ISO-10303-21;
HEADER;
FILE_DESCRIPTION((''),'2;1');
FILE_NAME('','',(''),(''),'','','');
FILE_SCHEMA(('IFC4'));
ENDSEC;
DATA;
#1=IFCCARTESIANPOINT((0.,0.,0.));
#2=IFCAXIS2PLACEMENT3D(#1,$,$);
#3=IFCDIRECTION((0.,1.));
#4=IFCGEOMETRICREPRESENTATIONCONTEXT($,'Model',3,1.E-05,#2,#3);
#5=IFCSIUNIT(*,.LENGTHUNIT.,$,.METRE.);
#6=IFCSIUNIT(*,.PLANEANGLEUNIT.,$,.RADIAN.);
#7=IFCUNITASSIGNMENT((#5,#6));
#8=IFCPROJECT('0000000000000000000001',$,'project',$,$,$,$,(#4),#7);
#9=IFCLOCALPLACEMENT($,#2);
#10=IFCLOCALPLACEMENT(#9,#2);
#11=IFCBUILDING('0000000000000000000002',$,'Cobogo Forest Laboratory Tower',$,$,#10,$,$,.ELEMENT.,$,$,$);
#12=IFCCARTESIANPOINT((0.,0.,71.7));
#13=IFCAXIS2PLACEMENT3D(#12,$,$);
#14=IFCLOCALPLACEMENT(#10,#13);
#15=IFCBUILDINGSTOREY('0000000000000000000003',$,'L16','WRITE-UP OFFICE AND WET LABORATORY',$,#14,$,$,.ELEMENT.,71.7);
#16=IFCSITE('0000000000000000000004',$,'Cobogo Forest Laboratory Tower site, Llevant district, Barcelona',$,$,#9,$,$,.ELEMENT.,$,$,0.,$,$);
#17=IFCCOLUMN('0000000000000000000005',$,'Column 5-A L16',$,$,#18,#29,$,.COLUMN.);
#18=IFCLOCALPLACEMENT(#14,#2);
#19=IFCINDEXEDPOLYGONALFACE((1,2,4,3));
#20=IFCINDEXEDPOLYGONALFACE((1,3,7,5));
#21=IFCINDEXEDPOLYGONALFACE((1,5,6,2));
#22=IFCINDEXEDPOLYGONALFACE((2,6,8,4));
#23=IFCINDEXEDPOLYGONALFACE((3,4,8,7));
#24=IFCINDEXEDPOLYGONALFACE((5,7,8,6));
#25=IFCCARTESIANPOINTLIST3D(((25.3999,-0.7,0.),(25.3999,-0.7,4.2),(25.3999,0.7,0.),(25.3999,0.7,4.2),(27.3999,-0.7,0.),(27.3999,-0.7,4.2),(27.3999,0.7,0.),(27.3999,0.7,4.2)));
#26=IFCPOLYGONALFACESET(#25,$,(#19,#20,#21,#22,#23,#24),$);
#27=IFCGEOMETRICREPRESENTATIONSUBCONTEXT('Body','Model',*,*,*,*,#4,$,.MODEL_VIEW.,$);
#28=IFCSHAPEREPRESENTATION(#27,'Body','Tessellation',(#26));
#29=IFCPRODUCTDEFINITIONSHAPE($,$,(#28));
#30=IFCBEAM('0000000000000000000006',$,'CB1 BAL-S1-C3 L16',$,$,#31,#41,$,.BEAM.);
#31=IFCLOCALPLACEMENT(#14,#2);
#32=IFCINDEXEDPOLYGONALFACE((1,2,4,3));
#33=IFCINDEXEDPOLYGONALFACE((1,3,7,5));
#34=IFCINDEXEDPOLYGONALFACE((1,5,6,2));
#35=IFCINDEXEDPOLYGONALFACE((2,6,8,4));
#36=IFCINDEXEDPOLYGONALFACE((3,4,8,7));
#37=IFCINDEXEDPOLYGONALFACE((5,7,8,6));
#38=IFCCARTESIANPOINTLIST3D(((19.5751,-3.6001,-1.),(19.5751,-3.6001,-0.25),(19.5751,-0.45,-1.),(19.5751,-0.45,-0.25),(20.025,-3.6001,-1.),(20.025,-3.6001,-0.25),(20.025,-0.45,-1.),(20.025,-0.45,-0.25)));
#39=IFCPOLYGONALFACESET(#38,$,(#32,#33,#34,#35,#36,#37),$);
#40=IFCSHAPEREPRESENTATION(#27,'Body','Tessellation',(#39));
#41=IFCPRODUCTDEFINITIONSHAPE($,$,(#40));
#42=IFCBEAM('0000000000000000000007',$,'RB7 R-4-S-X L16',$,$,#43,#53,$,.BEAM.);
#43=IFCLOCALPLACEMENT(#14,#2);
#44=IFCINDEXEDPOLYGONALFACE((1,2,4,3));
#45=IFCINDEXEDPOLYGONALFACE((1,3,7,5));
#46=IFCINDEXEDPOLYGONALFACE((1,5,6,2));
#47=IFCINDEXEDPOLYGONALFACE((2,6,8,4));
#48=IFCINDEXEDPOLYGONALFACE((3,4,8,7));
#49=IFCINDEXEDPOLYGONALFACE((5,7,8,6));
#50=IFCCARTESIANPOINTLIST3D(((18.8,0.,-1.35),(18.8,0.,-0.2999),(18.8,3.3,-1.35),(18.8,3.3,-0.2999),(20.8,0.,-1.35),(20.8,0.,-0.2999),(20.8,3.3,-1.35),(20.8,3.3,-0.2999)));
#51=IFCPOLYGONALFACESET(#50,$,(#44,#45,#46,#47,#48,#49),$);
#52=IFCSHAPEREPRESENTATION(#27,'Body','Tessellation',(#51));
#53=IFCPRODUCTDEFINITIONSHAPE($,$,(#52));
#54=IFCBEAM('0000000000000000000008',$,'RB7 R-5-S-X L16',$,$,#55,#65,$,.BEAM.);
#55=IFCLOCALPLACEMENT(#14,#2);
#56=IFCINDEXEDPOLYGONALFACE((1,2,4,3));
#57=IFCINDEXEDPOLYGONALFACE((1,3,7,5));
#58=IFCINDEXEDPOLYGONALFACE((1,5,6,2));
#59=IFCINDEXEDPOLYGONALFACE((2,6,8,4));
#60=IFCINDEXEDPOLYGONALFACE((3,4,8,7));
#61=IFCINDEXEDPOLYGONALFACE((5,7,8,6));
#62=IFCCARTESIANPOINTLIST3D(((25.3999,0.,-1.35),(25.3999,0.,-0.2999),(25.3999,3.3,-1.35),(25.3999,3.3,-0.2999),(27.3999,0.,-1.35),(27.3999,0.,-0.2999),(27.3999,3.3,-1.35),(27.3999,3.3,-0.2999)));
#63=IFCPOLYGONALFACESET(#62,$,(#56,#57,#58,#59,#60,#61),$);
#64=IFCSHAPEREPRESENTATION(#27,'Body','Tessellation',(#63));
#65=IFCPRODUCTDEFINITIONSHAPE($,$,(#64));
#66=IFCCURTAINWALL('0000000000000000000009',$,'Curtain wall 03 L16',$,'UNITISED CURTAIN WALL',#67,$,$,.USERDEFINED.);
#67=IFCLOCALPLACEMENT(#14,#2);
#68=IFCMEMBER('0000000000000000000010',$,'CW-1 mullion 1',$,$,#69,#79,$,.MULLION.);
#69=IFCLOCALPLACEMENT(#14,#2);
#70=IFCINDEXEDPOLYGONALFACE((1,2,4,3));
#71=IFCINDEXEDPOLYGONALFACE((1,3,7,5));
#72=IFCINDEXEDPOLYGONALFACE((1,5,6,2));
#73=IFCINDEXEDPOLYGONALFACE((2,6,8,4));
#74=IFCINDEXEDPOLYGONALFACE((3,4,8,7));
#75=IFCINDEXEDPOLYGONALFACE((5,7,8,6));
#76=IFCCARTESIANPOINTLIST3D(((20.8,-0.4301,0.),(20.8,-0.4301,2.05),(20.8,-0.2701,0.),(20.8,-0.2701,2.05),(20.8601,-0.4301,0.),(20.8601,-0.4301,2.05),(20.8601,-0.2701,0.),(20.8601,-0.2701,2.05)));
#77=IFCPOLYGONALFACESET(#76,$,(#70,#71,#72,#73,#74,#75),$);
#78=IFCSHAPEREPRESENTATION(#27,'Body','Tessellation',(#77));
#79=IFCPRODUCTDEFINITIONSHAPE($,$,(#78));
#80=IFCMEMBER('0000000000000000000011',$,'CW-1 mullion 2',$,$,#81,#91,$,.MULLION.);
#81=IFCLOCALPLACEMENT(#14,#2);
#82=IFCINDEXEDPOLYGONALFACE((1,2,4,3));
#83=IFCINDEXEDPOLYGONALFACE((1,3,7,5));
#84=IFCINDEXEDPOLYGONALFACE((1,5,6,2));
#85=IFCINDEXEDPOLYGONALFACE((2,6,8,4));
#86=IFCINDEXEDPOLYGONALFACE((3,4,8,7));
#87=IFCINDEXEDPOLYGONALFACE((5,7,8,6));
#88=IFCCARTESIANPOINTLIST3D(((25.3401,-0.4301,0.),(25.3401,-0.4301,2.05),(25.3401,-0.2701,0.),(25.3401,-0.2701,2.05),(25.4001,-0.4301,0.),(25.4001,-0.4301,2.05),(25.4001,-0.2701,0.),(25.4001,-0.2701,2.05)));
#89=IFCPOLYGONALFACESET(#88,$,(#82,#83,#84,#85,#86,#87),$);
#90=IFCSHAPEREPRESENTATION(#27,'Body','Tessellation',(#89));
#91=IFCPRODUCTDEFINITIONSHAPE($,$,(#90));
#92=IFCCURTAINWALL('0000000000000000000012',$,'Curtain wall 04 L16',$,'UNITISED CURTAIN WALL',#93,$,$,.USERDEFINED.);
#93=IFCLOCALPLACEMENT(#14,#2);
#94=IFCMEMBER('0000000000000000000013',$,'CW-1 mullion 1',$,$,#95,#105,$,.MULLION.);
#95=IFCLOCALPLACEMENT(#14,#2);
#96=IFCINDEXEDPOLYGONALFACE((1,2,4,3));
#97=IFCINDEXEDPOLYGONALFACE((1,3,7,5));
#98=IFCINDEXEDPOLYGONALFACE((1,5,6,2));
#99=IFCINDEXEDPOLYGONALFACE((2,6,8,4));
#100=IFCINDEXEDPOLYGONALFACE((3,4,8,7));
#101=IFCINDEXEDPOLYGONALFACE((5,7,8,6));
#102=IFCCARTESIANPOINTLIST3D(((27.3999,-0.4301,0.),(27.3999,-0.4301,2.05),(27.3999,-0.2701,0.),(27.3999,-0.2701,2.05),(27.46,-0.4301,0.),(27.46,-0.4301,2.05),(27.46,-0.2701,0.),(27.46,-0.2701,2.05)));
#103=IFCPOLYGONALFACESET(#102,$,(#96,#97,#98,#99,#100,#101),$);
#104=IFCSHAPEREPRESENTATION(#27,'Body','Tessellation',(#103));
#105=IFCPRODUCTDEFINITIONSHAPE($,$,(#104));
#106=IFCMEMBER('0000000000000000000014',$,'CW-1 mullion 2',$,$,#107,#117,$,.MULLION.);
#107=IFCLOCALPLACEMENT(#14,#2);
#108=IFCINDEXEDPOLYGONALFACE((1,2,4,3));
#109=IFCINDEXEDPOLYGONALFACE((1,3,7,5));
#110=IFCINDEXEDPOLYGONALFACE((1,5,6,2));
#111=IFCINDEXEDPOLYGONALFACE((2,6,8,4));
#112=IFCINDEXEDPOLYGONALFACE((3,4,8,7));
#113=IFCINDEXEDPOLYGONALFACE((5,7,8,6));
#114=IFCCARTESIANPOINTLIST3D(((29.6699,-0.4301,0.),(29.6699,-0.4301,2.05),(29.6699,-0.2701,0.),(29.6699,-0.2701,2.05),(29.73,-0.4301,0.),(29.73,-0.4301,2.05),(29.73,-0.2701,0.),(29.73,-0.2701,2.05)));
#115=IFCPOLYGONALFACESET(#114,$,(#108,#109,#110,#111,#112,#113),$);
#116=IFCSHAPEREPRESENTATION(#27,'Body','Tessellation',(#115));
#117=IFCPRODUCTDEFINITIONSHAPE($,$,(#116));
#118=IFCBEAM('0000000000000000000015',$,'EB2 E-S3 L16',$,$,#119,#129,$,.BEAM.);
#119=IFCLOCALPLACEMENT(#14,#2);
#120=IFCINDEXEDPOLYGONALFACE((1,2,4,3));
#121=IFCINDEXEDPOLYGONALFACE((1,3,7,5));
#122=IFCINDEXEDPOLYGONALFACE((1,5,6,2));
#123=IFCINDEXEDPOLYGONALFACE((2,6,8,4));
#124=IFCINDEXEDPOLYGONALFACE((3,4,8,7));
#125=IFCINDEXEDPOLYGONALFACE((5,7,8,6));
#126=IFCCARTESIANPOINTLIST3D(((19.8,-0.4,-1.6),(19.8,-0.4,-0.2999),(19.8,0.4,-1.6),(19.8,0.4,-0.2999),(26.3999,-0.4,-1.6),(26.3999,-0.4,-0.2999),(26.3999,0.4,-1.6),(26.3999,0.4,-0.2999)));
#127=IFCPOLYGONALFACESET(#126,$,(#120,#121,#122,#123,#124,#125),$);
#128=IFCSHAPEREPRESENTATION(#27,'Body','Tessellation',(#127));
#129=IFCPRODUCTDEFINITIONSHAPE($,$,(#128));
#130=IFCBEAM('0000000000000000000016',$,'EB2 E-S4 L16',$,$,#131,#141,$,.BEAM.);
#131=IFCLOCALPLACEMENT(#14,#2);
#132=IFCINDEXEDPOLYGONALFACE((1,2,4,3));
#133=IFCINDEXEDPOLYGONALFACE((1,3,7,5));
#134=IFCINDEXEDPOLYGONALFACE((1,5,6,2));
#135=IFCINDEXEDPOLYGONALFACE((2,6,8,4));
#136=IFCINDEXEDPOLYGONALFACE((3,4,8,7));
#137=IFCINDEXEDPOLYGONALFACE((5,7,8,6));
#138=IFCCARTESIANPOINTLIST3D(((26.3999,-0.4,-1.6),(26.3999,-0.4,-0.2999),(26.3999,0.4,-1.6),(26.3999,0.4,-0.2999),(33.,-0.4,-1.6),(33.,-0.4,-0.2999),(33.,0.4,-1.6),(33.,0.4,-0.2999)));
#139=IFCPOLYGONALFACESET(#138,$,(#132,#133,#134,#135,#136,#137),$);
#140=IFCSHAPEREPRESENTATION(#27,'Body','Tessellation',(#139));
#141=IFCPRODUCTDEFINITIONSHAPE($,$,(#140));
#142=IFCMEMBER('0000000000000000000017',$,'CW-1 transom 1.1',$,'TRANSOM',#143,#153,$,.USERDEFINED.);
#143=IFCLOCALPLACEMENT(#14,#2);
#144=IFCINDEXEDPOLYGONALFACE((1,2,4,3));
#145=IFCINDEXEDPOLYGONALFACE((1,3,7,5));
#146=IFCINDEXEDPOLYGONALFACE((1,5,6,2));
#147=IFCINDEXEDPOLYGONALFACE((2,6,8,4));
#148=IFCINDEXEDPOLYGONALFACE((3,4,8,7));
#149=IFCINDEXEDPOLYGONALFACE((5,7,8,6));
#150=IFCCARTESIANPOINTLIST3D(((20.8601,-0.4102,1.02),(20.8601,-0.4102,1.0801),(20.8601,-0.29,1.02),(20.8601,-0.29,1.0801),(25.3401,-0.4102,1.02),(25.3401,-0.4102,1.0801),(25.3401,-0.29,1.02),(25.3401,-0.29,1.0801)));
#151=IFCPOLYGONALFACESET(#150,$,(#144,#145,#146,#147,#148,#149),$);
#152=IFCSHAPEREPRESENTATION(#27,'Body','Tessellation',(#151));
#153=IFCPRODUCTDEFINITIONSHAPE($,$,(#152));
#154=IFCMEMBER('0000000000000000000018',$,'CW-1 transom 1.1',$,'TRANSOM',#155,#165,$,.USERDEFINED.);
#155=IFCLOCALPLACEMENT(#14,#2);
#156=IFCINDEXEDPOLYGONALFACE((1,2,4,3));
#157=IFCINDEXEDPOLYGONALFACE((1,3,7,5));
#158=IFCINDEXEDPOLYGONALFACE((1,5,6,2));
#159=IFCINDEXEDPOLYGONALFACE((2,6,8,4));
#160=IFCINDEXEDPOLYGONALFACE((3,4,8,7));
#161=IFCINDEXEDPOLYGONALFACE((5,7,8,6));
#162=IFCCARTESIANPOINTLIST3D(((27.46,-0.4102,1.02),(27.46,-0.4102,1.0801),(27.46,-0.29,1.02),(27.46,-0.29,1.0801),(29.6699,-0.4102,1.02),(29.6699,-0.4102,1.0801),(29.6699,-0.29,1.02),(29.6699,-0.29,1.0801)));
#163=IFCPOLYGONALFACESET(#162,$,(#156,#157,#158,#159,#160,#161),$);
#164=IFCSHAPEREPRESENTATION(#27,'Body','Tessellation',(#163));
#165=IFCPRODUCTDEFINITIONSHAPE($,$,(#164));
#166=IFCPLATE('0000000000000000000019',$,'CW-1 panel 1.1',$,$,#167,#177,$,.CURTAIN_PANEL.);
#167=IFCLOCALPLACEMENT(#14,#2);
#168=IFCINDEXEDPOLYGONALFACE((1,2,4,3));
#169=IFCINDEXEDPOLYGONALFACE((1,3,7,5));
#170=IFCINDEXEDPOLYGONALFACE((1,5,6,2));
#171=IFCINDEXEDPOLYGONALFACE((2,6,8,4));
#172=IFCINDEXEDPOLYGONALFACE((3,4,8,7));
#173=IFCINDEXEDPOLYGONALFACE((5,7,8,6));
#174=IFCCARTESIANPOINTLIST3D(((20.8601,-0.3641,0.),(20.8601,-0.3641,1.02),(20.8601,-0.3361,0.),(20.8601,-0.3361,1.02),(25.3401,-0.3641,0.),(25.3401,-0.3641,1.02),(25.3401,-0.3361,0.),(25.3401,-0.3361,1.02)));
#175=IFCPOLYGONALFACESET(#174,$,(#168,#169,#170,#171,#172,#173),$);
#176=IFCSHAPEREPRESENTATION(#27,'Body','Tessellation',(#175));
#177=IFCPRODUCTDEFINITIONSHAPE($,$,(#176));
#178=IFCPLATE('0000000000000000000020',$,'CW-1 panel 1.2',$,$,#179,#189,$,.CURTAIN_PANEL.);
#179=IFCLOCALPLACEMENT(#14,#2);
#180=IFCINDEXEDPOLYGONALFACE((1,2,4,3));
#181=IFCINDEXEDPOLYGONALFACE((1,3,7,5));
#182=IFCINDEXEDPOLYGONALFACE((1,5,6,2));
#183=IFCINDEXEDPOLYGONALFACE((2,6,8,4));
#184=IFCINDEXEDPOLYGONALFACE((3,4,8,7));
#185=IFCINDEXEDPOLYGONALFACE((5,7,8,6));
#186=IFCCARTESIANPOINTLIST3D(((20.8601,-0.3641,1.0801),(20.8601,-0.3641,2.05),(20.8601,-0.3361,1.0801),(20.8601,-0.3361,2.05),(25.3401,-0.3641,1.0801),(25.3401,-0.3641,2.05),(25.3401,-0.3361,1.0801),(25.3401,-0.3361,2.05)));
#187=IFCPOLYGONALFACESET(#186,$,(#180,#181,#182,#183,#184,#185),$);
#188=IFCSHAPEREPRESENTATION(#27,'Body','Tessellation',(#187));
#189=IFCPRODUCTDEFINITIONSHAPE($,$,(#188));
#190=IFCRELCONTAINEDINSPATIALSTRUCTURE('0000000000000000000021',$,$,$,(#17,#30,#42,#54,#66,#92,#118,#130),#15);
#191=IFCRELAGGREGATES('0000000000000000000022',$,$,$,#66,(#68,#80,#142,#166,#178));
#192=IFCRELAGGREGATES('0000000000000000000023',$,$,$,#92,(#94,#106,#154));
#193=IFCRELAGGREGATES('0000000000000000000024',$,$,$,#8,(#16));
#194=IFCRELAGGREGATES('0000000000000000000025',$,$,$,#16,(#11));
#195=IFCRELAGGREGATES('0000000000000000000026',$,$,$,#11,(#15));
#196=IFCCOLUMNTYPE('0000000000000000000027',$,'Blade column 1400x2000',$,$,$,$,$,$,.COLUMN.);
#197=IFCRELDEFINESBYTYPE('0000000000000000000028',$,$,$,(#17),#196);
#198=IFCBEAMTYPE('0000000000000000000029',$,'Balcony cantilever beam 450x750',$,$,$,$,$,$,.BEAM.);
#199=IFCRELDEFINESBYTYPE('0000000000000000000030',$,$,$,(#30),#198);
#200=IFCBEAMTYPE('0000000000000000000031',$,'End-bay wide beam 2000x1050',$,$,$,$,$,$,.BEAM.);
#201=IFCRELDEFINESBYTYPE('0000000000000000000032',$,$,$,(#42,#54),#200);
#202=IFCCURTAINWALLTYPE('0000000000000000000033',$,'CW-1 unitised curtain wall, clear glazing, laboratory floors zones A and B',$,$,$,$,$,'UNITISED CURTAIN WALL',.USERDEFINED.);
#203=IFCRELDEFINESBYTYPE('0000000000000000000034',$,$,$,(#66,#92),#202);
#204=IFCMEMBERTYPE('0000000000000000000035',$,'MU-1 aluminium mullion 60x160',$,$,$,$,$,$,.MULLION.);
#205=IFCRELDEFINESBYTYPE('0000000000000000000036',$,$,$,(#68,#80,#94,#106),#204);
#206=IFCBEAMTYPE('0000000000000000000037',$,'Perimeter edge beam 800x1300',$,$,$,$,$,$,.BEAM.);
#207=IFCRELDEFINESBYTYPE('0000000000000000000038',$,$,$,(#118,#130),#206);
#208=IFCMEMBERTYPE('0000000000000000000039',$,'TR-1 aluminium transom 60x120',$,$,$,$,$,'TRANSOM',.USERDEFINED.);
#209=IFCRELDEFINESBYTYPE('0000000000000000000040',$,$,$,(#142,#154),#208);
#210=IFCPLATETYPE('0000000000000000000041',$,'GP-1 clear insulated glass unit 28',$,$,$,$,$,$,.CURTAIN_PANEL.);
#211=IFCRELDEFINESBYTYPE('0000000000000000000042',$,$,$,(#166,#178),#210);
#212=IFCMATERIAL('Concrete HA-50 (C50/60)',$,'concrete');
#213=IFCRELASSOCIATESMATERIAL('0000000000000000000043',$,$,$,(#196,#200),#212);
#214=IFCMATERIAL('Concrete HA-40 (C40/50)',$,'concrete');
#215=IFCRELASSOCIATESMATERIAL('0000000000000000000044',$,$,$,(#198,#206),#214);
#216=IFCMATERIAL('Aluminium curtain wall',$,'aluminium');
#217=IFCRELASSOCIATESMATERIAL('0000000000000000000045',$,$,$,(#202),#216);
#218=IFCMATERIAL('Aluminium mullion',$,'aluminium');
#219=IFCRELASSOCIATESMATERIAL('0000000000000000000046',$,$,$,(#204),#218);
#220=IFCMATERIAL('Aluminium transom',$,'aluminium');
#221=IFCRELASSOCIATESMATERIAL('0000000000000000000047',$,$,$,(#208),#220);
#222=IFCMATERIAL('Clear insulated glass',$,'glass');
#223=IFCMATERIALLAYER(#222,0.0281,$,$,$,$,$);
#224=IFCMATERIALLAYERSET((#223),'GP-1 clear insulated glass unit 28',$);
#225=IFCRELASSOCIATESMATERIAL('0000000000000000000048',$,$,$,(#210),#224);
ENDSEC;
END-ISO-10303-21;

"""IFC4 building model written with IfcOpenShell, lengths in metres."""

from ifc_helpers import new_model, si_unit, direction, frame, origin, origin_2d, place, context, subcontext, project, spatial, rectangle, extrude, material, layer, layer_set, material_profile, profile_set, type_object, element, aggregate, save


model = new_model("IFC4")

# Units and contexts
model_context = context("Model", 3, precision=1e-05, world=origin(), true_north=direction((0.0, 1.0)))
body_context = subcontext(model_context, "Body", "Model", "MODEL_VIEW")
ifc_project = project(units=[si_unit("LENGTHUNIT", "METRE"), si_unit("PLANEANGLEUNIT", "RADIAN")], contexts=[model_context])

# Site, building, storey
site_placement = place(None, origin())
site = spatial("IfcSite", under=ifc_project, at=site_placement, Name="Cobogo Forest Laboratory Tower site, Llevant district, Barcelona", CompositionType="ELEMENT", RefElevation=0.0)
building_placement = place(site_placement, origin())
building = spatial("IfcBuilding", under=site, at=building_placement, Name="Cobogo Forest Laboratory Tower", CompositionType="ELEMENT")
storey_placement = place(building_placement, frame((0.0, 0.0, 71.7)))
storey = spatial("IfcBuildingStorey", under=building, at=storey_placement, Name="L16", Description="WRITE-UP OFFICE AND WET LABORATORY", CompositionType="ELEMENT", Elevation=71.7)

# Column
ifc_material_1 = material(Name="Concrete HA-50 (C50/60)", Category="concrete")
ifc_material_profile_1 = material_profile(ifc_material_1, rectangle(XDim=2.0, YDim=1.3999, at=origin_2d()), Name="RC 1400x2000")
ifc_profile_set_1 = profile_set([ifc_material_profile_1], Name="Concrete HA-50 (C50/60)")
column_type = type_object("IfcColumnType", Name="Blade column 1400x2000", PredefinedType="COLUMN", material=ifc_profile_set_1)
column_placement = place(storey_placement, frame((26.3999, 0.0, 0.0), z_axis=(0.0, 0.0, 1.0), x_axis=(1.0, 0.0, 0.0)))
element("IfcColumn", 1, at=column_placement, inside=storey, type_object=column_type, Name="Column 5-A L16", PredefinedType="COLUMN", context=body_context, shape_type="SweptSolid", body=[
    extrude(rectangle(XDim=2.0, YDim=1.3999, at=origin_2d()), origin(), (0.0, 0.0, 1.0), 4.2),
])

# Beams
ifc_material_2 = material(Name="Concrete HA-40 (C40/50)", Category="concrete")
ifc_material_profile_2 = material_profile(ifc_material_2, rectangle(XDim=0.45, YDim=0.75, at=origin_2d()), Name="RC 450x750")
ifc_profile_set_2 = profile_set([ifc_material_profile_2], Name="Concrete HA-40 (C40/50)")
beam_type_1 = type_object("IfcBeamType", Name="Balcony cantilever beam 450x750", PredefinedType="BEAM", material=ifc_profile_set_2)
beam_1_placement = place(storey_placement, frame((19.8, -0.45, -0.625), z_axis=(0.0, -1.0, 0.0), x_axis=(1.0, 0.0, 0.0)))
element("IfcBeam", 2, at=beam_1_placement, inside=storey, type_object=beam_type_1, Name="CB1 BAL-S1-C3 L16", PredefinedType="BEAM", context=body_context, shape_type="SweptSolid", body=[
    extrude(rectangle(XDim=0.45, YDim=0.75, at=origin_2d()), origin(), (0.0, 0.0, 1.0), 3.1501),
])
ifc_material_profile_3 = material_profile(ifc_material_1, rectangle(XDim=2.0, YDim=1.05, at=origin_2d()), Name="RC 2000x1050")
ifc_profile_set_3 = profile_set([ifc_material_profile_3], Name="Concrete HA-50 (C50/60)")
beam_type_2 = type_object("IfcBeamType", Name="End-bay wide beam 2000x1050", PredefinedType="BEAM", material=ifc_profile_set_3)
for number, where, z_axis, x_axis, name in (
    (3, (19.8, 0.0, -0.825), (0.0, 1.0, 0.0), (-1.0, 0.0, 0.0), "RB7 R-4-S-X L16"),
    (4, (26.3999, 0.0, -0.825), (0.0, 1.0, 0.0), (-1.0, 0.0, 0.0), "RB7 R-5-S-X L16"),
):
    element("IfcBeam", number, at=place(storey_placement, frame(where, z_axis=z_axis, x_axis=x_axis)), inside=storey, type_object=beam_type_2, Name=name, PredefinedType="BEAM", context=body_context, shape_type="SweptSolid", body=[
        extrude(rectangle(XDim=2.0, YDim=1.05, at=origin_2d()), origin(), (0.0, 0.0, 1.0), 3.3),
    ])

# Curtain walls, members
ifc_material_3 = material(Name="Aluminium curtain wall", Category="aluminium")
curtain_wall_type = type_object("IfcCurtainWallType", Name="CW-1 unitised curtain wall, clear glazing, laboratory floors zones A and B", ElementType="UNITISED CURTAIN WALL", PredefinedType="USERDEFINED", material=ifc_material_3)
curtain_wall_1_placement = place(storey_placement, origin())
curtain_wall_1 = element("IfcCurtainWall", 5, at=curtain_wall_1_placement, inside=storey, type_object=curtain_wall_type, Name="Curtain wall 03 L16", ObjectType="UNITISED CURTAIN WALL", PredefinedType="USERDEFINED")
ifc_material_4 = material(Name="Aluminium mullion", Category="aluminium")
ifc_material_profile_4 = material_profile(ifc_material_4, rectangle(XDim=0.0601, YDim=0.1599, at=origin_2d()), Name="AL 60x160")
ifc_profile_set_4 = profile_set([ifc_material_profile_4], Name="Aluminium mullion")
member_type_1 = type_object("IfcMemberType", Name="MU-1 aluminium mullion 60x160", PredefinedType="MULLION", material=ifc_profile_set_4)
member_1_placement = place(storey_placement, frame((20.8301, -0.3501, 0.0), z_axis=(0.0, 0.0, 1.0), x_axis=(1.0, 0.0, 0.0)))
member_1 = element("IfcMember", 6, at=member_1_placement, type_object=member_type_1, Name="CW-1 mullion 1", PredefinedType="MULLION", context=body_context, shape_type="SweptSolid", body=[
    extrude(rectangle(XDim=0.0601, YDim=0.1599, at=origin_2d()), origin(), (0.0, 0.0, 1.0), 2.05),
])
member_2_placement = place(storey_placement, frame((25.3701, -0.3501, 0.0), z_axis=(0.0, 0.0, 1.0), x_axis=(1.0, 0.0, 0.0)))
member_2 = element("IfcMember", 7, at=member_2_placement, type_object=member_type_1, Name="CW-1 mullion 2", PredefinedType="MULLION", context=body_context, shape_type="SweptSolid", body=[
    extrude(rectangle(XDim=0.0601, YDim=0.1599, at=origin_2d()), origin(), (0.0, 0.0, 1.0), 2.05),
])
curtain_wall_2_placement = place(storey_placement, origin())
curtain_wall_2 = element("IfcCurtainWall", 8, at=curtain_wall_2_placement, inside=storey, type_object=curtain_wall_type, Name="Curtain wall 04 L16", ObjectType="UNITISED CURTAIN WALL", PredefinedType="USERDEFINED")
member_3_placement = place(storey_placement, frame((27.4299, -0.3501, 0.0), z_axis=(0.0, 0.0, 1.0), x_axis=(1.0, 0.0, 0.0)))
member_3 = element("IfcMember", 9, at=member_3_placement, type_object=member_type_1, Name="CW-1 mullion 1", PredefinedType="MULLION", context=body_context, shape_type="SweptSolid", body=[
    extrude(rectangle(XDim=0.0601, YDim=0.1599, at=origin_2d()), origin(), (0.0, 0.0, 1.0), 2.05),
])
member_4_placement = place(storey_placement, frame((29.7, -0.3501, 0.0), z_axis=(0.0, 0.0, 1.0), x_axis=(1.0, 0.0, 0.0)))
member_4 = element("IfcMember", 10, at=member_4_placement, type_object=member_type_1, Name="CW-1 mullion 2", PredefinedType="MULLION", context=body_context, shape_type="SweptSolid", body=[
    extrude(rectangle(XDim=0.0601, YDim=0.1599, at=origin_2d()), origin(), (0.0, 0.0, 1.0), 2.05),
])

# Beams
ifc_material_profile_5 = material_profile(ifc_material_2, rectangle(XDim=0.8, YDim=1.3, at=origin_2d()), Name="RC 800x1300")
ifc_profile_set_5 = profile_set([ifc_material_profile_5], Name="Concrete HA-40 (C40/50)")
beam_type_3 = type_object("IfcBeamType", Name="Perimeter edge beam 800x1300", PredefinedType="BEAM", material=ifc_profile_set_5)
beam_2_placement = place(storey_placement, frame((19.8, 0.0, -0.95), z_axis=(1.0, 0.0, 0.0), x_axis=(0.0, 1.0, 0.0)))
element("IfcBeam", 11, at=beam_2_placement, inside=storey, type_object=beam_type_3, Name="EB2 E-S3 L16", PredefinedType="BEAM", context=body_context, shape_type="SweptSolid", body=[
    extrude(rectangle(XDim=0.8, YDim=1.3, at=origin_2d()), origin(), (0.0, 0.0, 1.0), 6.5999),
])
beam_3_placement = place(storey_placement, frame((26.3999, 0.0, -0.95), z_axis=(1.0, 0.0, 0.0), x_axis=(0.0, 1.0, 0.0)))
element("IfcBeam", 12, at=beam_3_placement, inside=storey, type_object=beam_type_3, Name="EB2 E-S4 L16", PredefinedType="BEAM", context=body_context, shape_type="SweptSolid", body=[
    extrude(rectangle(XDim=0.8, YDim=1.3, at=origin_2d()), origin(), (0.0, 0.0, 1.0), 6.6001),
])

# Members
ifc_material_5 = material(Name="Aluminium transom", Category="aluminium")
ifc_material_profile_6 = material_profile(ifc_material_5, rectangle(XDim=0.1201, YDim=0.0601, at=origin_2d()), Name="AL 60x120")
ifc_profile_set_6 = profile_set([ifc_material_profile_6], Name="Aluminium transom")
member_type_2 = type_object("IfcMemberType", Name="TR-1 aluminium transom 60x120", ElementType="TRANSOM", PredefinedType="USERDEFINED", material=ifc_profile_set_6)
member_5_placement = place(storey_placement, frame((20.8601, -0.3501, 1.05), z_axis=(1.0, 0.0, 0.0), x_axis=(0.0, 1.0, 0.0)))
member_5 = element("IfcMember", 13, at=member_5_placement, type_object=member_type_2, Name="CW-1 transom 1.1", ObjectType="TRANSOM", PredefinedType="USERDEFINED", context=body_context, shape_type="SweptSolid", body=[
    extrude(rectangle(XDim=0.1201, YDim=0.0601, at=origin_2d()), origin(), (0.0, 0.0, 1.0), 4.48),
])
member_6_placement = place(storey_placement, frame((27.46, -0.3501, 1.05), z_axis=(1.0, 0.0, 0.0), x_axis=(0.0, 1.0, 0.0)))
member_6 = element("IfcMember", 14, at=member_6_placement, type_object=member_type_2, Name="CW-1 transom 1.1", ObjectType="TRANSOM", PredefinedType="USERDEFINED", context=body_context, shape_type="SweptSolid", body=[
    extrude(rectangle(XDim=0.1201, YDim=0.0601, at=origin_2d()), origin(), (0.0, 0.0, 1.0), 2.21),
])

# Plates
ifc_material_6 = material(Name="Clear insulated glass", Category="glass")
ifc_layer_1 = layer(ifc_material_6, 0.0281)
ifc_layer_set_1 = layer_set([ifc_layer_1], Name="GP-1 clear insulated glass unit 28")
plate_type_1 = type_object("IfcPlateType", Name="GP-1 clear insulated glass unit 28", PredefinedType="CURTAIN_PANEL", material=ifc_layer_set_1)
plate_1_placement = place(storey_placement, frame((23.1001, -0.3501, 0.0), z_axis=(0.0, 0.0, 1.0), x_axis=(1.0, 0.0, 0.0)))
plate_1 = element("IfcPlate", 15, at=plate_1_placement, type_object=plate_type_1, Name="CW-1 panel 1.1", PredefinedType="CURTAIN_PANEL", context=body_context, shape_type="SweptSolid", body=[
    extrude(rectangle(XDim=4.48, YDim=0.0281, at=origin_2d()), origin(), (0.0, 0.0, 1.0), 1.02),
])
plate_2_placement = place(storey_placement, frame((23.1001, -0.3501, 1.0801), z_axis=(0.0, 0.0, 1.0), x_axis=(1.0, 0.0, 0.0)))
plate_2 = element("IfcPlate", 16, at=plate_2_placement, type_object=plate_type_1, Name="CW-1 panel 1.2", PredefinedType="CURTAIN_PANEL", context=body_context, shape_type="SweptSolid", body=[
    extrude(rectangle(XDim=4.48, YDim=0.0281, at=origin_2d()), origin(), (0.0, 0.0, 1.0), 0.97),
])
aggregate(curtain_wall_1, [member_1, member_2, member_5, plate_1, plate_2])
aggregate(curtain_wall_2, [member_3, member_4, member_6])

save(model, "model.ifc")
